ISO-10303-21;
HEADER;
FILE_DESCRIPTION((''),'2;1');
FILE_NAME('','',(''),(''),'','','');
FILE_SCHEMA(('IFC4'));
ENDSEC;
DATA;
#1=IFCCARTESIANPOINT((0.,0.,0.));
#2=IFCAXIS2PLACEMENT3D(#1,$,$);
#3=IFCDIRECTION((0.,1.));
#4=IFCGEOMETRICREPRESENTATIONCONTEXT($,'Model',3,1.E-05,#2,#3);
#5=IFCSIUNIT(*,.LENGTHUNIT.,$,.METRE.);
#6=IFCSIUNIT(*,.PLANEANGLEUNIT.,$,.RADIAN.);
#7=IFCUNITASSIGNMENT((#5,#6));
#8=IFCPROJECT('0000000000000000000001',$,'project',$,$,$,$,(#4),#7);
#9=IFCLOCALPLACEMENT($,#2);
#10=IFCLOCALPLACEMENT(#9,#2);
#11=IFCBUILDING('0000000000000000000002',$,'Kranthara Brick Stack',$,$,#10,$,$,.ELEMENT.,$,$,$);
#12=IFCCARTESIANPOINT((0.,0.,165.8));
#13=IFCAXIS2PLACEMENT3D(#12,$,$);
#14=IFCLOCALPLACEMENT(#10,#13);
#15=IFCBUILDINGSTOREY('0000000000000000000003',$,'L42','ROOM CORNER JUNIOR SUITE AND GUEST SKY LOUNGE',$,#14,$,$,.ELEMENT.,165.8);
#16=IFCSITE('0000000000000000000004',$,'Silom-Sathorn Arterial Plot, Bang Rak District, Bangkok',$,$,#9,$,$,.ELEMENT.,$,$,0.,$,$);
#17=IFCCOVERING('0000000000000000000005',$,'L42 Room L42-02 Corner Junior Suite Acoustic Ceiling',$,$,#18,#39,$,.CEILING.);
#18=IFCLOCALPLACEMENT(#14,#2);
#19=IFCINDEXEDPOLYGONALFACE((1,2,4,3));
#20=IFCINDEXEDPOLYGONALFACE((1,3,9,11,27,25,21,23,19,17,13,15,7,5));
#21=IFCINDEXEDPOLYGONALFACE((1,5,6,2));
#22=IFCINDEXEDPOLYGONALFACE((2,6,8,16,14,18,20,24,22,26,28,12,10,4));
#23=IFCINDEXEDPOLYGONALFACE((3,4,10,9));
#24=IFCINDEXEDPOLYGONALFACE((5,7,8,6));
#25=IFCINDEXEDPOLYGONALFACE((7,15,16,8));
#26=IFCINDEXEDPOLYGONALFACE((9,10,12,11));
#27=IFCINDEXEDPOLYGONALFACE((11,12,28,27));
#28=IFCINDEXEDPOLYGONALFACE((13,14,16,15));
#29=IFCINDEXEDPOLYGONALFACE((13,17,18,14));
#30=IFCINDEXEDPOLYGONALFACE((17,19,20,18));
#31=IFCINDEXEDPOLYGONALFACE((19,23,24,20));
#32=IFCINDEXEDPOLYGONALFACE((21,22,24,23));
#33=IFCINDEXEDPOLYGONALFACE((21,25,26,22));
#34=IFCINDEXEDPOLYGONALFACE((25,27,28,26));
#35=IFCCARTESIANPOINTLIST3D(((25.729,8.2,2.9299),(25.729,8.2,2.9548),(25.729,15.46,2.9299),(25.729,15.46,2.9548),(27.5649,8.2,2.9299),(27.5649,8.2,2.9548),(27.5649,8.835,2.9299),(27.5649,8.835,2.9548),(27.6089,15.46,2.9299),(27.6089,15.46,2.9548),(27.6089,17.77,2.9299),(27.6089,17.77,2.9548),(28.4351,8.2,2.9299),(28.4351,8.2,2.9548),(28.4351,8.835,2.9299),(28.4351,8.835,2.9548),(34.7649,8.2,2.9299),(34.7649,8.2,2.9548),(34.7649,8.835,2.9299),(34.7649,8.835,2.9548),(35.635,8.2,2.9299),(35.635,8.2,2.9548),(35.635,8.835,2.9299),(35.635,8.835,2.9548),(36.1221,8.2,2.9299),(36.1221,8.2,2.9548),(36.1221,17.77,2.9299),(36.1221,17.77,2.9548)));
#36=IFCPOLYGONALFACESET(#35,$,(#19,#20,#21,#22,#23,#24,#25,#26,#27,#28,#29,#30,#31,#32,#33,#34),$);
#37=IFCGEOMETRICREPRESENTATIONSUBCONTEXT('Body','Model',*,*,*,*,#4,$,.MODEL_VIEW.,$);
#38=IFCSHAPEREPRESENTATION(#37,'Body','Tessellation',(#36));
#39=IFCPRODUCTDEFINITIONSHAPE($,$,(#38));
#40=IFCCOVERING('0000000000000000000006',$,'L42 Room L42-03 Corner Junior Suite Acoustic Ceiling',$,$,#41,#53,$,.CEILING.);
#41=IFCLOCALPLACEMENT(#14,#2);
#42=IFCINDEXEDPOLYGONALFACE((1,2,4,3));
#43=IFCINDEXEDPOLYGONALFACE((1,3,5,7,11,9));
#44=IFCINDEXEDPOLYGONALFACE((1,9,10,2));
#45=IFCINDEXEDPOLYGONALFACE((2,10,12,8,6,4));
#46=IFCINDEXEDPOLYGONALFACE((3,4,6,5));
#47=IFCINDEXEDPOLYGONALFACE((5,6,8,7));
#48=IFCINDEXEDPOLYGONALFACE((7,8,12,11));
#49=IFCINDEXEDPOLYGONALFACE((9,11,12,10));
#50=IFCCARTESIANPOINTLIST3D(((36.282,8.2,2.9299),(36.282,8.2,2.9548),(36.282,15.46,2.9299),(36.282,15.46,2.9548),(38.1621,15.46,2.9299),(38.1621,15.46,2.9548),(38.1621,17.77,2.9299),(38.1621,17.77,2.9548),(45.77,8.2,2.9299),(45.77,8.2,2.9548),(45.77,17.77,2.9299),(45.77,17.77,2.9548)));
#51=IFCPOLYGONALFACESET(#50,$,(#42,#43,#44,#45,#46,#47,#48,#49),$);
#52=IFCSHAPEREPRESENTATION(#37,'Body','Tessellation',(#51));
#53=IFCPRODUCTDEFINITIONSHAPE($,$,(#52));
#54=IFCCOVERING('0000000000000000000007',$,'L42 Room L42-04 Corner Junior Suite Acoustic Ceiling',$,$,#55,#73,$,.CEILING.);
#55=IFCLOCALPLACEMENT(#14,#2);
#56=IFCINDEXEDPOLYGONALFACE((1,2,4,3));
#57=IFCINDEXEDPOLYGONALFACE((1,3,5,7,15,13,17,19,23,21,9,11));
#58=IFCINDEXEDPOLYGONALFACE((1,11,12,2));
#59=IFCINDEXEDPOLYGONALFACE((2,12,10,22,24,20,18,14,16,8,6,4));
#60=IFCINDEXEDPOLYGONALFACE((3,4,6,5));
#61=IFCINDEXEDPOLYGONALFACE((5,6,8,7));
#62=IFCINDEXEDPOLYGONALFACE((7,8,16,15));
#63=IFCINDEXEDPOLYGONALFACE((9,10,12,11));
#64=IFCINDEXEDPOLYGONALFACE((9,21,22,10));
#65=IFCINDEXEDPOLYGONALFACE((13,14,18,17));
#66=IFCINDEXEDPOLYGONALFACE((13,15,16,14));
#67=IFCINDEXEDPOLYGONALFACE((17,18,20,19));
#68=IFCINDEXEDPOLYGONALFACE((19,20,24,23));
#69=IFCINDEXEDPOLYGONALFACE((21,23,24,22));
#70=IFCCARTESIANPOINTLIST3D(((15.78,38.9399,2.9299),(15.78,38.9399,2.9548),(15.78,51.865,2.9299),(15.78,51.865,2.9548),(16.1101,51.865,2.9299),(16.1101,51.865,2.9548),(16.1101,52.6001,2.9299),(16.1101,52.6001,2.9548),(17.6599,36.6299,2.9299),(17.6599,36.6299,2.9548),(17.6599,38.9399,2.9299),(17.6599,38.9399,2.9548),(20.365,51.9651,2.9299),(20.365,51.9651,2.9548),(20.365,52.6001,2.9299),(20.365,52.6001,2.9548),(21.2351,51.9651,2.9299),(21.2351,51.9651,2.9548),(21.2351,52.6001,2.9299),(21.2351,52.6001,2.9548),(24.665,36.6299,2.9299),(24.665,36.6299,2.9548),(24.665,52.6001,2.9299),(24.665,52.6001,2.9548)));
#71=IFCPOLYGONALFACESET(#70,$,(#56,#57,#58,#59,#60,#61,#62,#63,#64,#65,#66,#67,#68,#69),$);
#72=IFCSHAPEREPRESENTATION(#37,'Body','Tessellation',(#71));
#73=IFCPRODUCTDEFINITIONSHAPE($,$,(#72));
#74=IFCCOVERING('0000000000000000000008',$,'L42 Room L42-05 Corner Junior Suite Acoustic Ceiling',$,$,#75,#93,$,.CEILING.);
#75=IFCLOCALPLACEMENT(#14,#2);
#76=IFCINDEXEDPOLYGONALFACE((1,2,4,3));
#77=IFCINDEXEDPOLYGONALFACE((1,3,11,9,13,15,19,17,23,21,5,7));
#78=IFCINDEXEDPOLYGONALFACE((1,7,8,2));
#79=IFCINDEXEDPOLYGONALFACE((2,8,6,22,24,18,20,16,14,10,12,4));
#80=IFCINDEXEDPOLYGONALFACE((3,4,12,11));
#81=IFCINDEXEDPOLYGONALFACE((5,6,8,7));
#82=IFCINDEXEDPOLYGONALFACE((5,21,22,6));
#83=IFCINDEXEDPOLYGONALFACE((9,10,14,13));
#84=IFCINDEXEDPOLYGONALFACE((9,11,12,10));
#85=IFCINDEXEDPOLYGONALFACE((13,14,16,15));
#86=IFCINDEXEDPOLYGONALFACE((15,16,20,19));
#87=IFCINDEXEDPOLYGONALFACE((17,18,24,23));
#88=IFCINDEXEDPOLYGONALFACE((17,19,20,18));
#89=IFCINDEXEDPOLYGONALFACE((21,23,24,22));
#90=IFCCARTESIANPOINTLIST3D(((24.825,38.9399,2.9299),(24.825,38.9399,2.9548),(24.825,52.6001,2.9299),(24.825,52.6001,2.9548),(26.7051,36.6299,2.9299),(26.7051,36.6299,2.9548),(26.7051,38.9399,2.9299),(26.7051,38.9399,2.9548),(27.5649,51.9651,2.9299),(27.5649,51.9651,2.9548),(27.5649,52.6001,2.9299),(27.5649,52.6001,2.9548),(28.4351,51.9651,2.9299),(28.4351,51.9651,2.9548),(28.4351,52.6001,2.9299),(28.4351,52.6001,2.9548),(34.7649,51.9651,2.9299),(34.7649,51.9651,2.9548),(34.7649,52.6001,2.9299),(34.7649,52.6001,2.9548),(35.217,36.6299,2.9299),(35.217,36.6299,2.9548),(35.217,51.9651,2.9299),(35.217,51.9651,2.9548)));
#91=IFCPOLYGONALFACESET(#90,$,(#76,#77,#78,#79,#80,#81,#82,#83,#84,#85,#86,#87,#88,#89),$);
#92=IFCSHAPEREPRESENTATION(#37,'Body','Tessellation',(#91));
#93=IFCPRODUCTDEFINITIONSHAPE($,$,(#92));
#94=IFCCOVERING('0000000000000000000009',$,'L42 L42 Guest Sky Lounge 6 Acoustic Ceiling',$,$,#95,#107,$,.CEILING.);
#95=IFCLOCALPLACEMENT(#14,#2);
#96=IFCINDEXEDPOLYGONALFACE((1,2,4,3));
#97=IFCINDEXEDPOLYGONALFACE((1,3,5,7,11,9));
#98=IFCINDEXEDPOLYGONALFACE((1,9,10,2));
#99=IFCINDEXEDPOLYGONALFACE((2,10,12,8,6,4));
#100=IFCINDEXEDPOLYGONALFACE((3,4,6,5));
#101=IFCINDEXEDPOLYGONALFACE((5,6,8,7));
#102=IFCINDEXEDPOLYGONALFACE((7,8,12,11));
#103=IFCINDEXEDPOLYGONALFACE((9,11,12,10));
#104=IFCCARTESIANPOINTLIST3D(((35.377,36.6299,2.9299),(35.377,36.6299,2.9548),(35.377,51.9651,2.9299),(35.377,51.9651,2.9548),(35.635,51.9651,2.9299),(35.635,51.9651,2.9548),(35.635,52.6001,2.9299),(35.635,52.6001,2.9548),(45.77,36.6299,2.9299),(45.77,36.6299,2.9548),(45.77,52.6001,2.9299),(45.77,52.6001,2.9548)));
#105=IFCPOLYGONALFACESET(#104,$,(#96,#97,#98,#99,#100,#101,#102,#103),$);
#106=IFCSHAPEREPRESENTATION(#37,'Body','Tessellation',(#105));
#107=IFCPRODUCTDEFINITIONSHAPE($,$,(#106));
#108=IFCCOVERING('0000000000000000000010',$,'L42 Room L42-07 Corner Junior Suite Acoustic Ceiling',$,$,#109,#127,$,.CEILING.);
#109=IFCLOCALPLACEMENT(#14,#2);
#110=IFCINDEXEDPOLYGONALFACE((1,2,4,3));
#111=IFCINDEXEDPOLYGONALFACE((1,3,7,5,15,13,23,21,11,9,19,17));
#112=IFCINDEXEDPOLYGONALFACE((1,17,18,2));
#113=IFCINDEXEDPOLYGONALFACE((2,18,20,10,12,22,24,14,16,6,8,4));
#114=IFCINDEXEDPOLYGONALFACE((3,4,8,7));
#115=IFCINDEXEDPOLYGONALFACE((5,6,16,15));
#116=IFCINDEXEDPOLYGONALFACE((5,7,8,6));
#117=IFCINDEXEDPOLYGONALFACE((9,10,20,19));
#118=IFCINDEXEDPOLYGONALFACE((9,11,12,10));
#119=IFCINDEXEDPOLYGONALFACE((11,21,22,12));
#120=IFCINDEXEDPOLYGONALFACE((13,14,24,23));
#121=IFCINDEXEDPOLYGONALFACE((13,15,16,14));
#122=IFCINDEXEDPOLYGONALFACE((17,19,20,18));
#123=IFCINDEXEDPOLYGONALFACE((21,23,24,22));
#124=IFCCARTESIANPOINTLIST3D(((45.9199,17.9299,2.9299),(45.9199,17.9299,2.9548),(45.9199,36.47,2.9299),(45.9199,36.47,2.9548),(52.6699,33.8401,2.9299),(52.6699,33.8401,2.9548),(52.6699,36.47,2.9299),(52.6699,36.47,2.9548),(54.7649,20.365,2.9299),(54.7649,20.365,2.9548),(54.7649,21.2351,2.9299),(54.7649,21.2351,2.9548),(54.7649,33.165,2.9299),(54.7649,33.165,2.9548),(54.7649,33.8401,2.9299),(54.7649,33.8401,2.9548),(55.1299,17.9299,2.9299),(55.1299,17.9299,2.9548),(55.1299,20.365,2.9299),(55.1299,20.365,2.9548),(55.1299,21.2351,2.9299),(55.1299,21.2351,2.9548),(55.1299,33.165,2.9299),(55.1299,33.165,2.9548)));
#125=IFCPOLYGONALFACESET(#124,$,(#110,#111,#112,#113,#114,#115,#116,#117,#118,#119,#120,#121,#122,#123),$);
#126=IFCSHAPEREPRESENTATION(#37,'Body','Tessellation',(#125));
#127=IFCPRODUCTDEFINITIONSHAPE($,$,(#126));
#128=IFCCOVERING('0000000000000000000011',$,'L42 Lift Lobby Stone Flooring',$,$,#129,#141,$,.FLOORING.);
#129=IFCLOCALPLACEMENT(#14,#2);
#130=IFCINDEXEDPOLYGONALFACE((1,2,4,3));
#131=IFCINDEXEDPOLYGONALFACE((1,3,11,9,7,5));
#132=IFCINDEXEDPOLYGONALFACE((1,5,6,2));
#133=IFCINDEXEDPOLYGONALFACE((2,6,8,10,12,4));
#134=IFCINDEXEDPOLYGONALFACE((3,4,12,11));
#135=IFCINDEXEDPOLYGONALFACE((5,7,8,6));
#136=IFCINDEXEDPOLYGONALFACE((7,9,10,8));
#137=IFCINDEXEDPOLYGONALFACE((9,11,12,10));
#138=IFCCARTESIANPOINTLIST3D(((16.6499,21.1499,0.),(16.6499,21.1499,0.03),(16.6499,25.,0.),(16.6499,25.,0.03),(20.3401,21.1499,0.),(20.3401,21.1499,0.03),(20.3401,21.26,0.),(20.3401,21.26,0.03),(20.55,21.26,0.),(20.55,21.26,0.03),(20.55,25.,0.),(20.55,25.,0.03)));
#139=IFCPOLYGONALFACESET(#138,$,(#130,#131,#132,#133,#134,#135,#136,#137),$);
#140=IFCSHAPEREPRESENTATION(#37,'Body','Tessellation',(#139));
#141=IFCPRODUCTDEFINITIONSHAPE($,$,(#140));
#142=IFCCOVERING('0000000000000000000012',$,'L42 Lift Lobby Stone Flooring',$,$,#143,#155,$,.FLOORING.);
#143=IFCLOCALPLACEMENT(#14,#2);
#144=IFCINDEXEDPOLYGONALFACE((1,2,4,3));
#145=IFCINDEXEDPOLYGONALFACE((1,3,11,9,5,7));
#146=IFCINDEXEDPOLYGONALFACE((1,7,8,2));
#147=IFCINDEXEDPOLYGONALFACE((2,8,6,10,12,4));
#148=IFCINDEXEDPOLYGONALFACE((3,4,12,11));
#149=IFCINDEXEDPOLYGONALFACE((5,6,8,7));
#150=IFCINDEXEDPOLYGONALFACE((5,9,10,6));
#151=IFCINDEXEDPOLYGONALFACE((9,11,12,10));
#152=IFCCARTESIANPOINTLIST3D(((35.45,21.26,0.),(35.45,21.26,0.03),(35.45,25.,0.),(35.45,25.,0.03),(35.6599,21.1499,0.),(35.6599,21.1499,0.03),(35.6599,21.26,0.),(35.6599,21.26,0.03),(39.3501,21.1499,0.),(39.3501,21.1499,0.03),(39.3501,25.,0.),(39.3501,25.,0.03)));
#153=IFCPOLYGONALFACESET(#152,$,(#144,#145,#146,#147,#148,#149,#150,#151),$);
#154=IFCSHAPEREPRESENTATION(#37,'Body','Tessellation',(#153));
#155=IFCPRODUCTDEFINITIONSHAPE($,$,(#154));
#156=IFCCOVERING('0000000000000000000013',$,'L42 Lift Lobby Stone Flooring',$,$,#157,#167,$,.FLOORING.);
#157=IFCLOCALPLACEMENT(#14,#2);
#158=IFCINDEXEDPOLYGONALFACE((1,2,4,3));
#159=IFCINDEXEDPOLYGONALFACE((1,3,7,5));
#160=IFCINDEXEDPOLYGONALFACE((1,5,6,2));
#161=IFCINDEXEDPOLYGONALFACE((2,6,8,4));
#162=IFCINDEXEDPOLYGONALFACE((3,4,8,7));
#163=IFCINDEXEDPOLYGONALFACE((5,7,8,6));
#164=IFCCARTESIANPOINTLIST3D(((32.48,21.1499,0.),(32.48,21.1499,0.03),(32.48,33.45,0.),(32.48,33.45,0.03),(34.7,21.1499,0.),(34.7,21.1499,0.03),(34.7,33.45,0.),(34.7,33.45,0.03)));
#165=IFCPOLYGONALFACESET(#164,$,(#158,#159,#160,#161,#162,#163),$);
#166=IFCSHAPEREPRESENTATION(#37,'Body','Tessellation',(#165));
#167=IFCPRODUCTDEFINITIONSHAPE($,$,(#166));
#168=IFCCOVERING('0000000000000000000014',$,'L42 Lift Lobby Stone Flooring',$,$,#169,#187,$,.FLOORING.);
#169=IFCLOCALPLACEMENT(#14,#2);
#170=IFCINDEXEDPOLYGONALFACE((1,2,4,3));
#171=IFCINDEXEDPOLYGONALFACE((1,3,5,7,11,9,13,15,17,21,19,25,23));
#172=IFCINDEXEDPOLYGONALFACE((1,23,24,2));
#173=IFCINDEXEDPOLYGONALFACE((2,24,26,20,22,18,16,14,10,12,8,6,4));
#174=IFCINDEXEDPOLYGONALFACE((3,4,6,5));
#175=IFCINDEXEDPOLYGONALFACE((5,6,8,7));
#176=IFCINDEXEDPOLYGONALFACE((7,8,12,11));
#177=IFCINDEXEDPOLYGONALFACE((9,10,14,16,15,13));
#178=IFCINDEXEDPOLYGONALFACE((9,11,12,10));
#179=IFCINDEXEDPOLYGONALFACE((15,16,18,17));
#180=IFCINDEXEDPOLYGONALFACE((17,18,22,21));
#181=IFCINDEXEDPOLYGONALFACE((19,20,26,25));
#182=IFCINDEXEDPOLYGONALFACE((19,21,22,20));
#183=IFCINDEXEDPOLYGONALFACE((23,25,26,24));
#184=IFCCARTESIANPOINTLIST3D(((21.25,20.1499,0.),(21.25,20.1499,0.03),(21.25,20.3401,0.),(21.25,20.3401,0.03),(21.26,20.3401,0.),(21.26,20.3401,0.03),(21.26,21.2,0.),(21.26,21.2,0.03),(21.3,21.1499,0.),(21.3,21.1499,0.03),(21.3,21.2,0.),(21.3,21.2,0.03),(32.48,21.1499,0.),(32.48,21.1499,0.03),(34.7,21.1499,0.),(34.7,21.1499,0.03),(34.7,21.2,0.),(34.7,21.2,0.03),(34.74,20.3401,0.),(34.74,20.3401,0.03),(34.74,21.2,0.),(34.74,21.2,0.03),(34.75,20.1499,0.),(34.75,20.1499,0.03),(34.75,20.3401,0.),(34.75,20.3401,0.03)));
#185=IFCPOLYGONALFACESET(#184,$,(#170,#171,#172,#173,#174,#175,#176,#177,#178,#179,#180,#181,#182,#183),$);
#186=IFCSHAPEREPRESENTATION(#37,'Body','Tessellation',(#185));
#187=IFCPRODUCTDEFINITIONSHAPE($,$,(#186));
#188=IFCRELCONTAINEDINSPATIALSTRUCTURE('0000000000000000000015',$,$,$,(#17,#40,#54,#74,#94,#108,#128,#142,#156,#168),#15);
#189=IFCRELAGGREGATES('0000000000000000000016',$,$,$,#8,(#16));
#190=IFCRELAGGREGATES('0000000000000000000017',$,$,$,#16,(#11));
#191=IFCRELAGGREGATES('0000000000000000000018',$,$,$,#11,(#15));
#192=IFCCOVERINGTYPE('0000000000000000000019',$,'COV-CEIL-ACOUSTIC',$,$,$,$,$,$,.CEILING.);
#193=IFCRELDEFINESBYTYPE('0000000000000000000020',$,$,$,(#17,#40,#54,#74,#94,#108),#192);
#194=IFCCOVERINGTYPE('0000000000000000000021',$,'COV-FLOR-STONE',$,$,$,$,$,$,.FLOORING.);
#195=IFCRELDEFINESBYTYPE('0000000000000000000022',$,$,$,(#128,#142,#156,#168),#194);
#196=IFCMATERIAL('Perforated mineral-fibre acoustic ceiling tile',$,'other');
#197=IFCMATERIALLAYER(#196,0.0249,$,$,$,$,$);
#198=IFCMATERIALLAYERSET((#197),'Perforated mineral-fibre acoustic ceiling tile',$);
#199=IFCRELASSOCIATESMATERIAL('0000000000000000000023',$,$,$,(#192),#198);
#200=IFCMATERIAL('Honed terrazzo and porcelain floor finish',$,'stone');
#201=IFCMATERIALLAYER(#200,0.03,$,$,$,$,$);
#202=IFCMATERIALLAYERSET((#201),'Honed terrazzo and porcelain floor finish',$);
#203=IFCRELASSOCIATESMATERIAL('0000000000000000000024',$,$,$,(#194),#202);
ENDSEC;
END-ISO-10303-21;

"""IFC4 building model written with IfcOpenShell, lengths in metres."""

from ifc_helpers import new_model, si_unit, direction, frame, origin, place, context, subcontext, project, spatial, polyline, outline, extrude, material, layer, layer_set, type_object, element, save


model = new_model("IFC4")

# Units and contexts
model_context = context("Model", 3, precision=1e-05, world=origin(), true_north=direction((0.0, 1.0)))
body_context = subcontext(model_context, "Body", "Model", "MODEL_VIEW")
ifc_project = project(units=[si_unit("LENGTHUNIT", "METRE"), si_unit("PLANEANGLEUNIT", "RADIAN")], contexts=[model_context])

# Site, building, storey
site_placement = place(None, origin())
site = spatial("IfcSite", under=ifc_project, at=site_placement, Name="Silom-Sathorn Arterial Plot, Bang Rak District, Bangkok", CompositionType="ELEMENT", RefElevation=0.0)
building_placement = place(site_placement, origin())
building = spatial("IfcBuilding", under=site, at=building_placement, Name="Kranthara Brick Stack", CompositionType="ELEMENT")
storey_placement = place(building_placement, frame((0.0, 0.0, 165.8)))
storey = spatial("IfcBuildingStorey", under=building, at=storey_placement, Name="L42", Description="ROOM CORNER JUNIOR SUITE AND GUEST SKY LOUNGE", CompositionType="ELEMENT", Elevation=165.8)

# Coverings
ifc_material_1 = material(Name="Perforated mineral-fibre acoustic ceiling tile", Category="other")
ifc_layer_1 = layer(ifc_material_1, 0.0249)
ifc_layer_set_1 = layer_set([ifc_layer_1], Name="Perforated mineral-fibre acoustic ceiling tile")
covering_type_1 = type_object("IfcCoveringType", Name="COV-CEIL-ACOUSTIC", PredefinedType="CEILING", material=ifc_layer_set_1)
covering_1_placement = place(storey_placement, frame((0.0, 0.0, 2.9299)))
element("IfcCovering", 1, at=covering_1_placement, inside=storey, type_object=covering_type_1, Name="L42 Room L42-02 Corner Junior Suite Acoustic Ceiling", PredefinedType="CEILING", context=body_context, shape_type="SweptSolid", body=[
    extrude(outline(polyline([(25.729, 15.46), (27.6089, 15.46), (27.6089, 17.77), (36.1221, 17.77), (36.1221, 8.2), (35.635, 8.2), (35.635, 8.835), (34.7649, 8.835), (34.7649, 8.2), (28.4351, 8.2), (28.4351, 8.835), (27.5649, 8.835), (27.5649, 8.2), (25.729, 8.2), (25.729, 15.46)])), origin(), (0.0, 0.0, 1.0), 0.0249),
])
covering_2_placement = place(storey_placement, frame((0.0, 0.0, 2.9299)))
element("IfcCovering", 2, at=covering_2_placement, inside=storey, type_object=covering_type_1, Name="L42 Room L42-03 Corner Junior Suite Acoustic Ceiling", PredefinedType="CEILING", context=body_context, shape_type="SweptSolid", body=[
    extrude(outline(polyline([(36.282, 8.2), (45.77, 8.2), (45.77, 17.77), (38.1621, 17.77), (38.1621, 15.46), (36.282, 15.46), (36.282, 8.2)])), origin(), (0.0, 0.0, 1.0), 0.0249),
])
covering_3_placement = place(storey_placement, frame((0.0, 0.0, 2.9299)))
element("IfcCovering", 3, at=covering_3_placement, inside=storey, type_object=covering_type_1, Name="L42 Room L42-04 Corner Junior Suite Acoustic Ceiling", PredefinedType="CEILING", context=body_context, shape_type="SweptSolid", body=[
    extrude(outline(polyline([(24.665, 36.6299), (17.6599, 36.6299), (17.6599, 38.9399), (15.78, 38.9399), (15.78, 51.865), (16.1101, 51.865), (16.1101, 52.6001), (20.365, 52.6001), (20.365, 51.9651), (21.2351, 51.9651), (21.2351, 52.6001), (24.665, 52.6001), (24.665, 36.6299)])), origin(), (0.0, 0.0, 1.0), 0.0249),
])
covering_4_placement = place(storey_placement, frame((0.0, 0.0, 2.9299)))
element("IfcCovering", 4, at=covering_4_placement, inside=storey, type_object=covering_type_1, Name="L42 Room L42-05 Corner Junior Suite Acoustic Ceiling", PredefinedType="CEILING", context=body_context, shape_type="SweptSolid", body=[
    extrude(outline(polyline([(35.217, 36.6299), (26.7051, 36.6299), (26.7051, 38.9399), (24.825, 38.9399), (24.825, 52.6001), (27.5649, 52.6001), (27.5649, 51.9651), (28.4351, 51.9651), (28.4351, 52.6001), (34.7649, 52.6001), (34.7649, 51.9651), (35.217, 51.9651), (35.217, 36.6299)])), origin(), (0.0, 0.0, 1.0), 0.0249),
])
covering_5_placement = place(storey_placement, frame((0.0, 0.0, 2.9299)))
element("IfcCovering", 5, at=covering_5_placement, inside=storey, type_object=covering_type_1, Name="L42 L42 Guest Sky Lounge 6 Acoustic Ceiling", PredefinedType="CEILING", context=body_context, shape_type="SweptSolid", body=[
    extrude(outline(polyline([(45.77, 52.6001), (45.77, 36.6299), (35.377, 36.6299), (35.377, 51.9651), (35.635, 51.9651), (35.635, 52.6001), (45.77, 52.6001)])), origin(), (0.0, 0.0, 1.0), 0.0249),
])
covering_6_placement = place(storey_placement, frame((0.0, 0.0, 2.9299)))
element("IfcCovering", 6, at=covering_6_placement, inside=storey, type_object=covering_type_1, Name="L42 Room L42-07 Corner Junior Suite Acoustic Ceiling", PredefinedType="CEILING", context=body_context, shape_type="SweptSolid", body=[
    extrude(outline(polyline([(45.9199, 17.9299), (45.9199, 36.47), (52.6699, 36.47), (52.6699, 33.8401), (54.7649, 33.8401), (54.7649, 33.165), (55.1299, 33.165), (55.1299, 21.2351), (54.7649, 21.2351), (54.7649, 20.365), (55.1299, 20.365), (55.1299, 17.9299), (45.9199, 17.9299)])), origin(), (0.0, 0.0, 1.0), 0.0249),
])
ifc_material_2 = material(Name="Honed terrazzo and porcelain floor finish", Category="stone")
ifc_layer_2 = layer(ifc_material_2, 0.03)
ifc_layer_set_2 = layer_set([ifc_layer_2], Name="Honed terrazzo and porcelain floor finish")
covering_type_2 = type_object("IfcCoveringType", Name="COV-FLOR-STONE", PredefinedType="FLOORING", material=ifc_layer_set_2)
covering_7_placement = place(storey_placement, origin())
element("IfcCovering", 7, at=covering_7_placement, inside=storey, type_object=covering_type_2, Name="L42 Lift Lobby Stone Flooring", PredefinedType="FLOORING", context=body_context, shape_type="SweptSolid", body=[
    extrude(outline(polyline([(16.6499, 21.1499), (16.6499, 25.0), (20.55, 25.0), (20.55, 21.26), (20.3401, 21.26), (20.3401, 21.1499), (16.6499, 21.1499)])), origin(), (0.0, 0.0, 1.0), 0.03),
])
covering_8_placement = place(storey_placement, origin())
element("IfcCovering", 8, at=covering_8_placement, inside=storey, type_object=covering_type_2, Name="L42 Lift Lobby Stone Flooring", PredefinedType="FLOORING", context=body_context, shape_type="SweptSolid", body=[
    extrude(outline(polyline([(35.45, 25.0), (39.3501, 25.0), (39.3501, 21.1499), (35.6599, 21.1499), (35.6599, 21.26), (35.45, 21.26), (35.45, 25.0)])), origin(), (0.0, 0.0, 1.0), 0.03),
])
covering_9_placement = place(storey_placement, origin())
element("IfcCovering", 9, at=covering_9_placement, inside=storey, type_object=covering_type_2, Name="L42 Lift Lobby Stone Flooring", PredefinedType="FLOORING", context=body_context, shape_type="SweptSolid", body=[
    extrude(outline(polyline([(34.7, 21.1499), (34.7, 33.45), (32.48, 33.45), (32.48, 21.1499), (34.7, 21.1499)])), origin(), (0.0, 0.0, 1.0), 0.03),
])
covering_10_placement = place(storey_placement, origin())
element("IfcCovering", 10, at=covering_10_placement, inside=storey, type_object=covering_type_2, Name="L42 Lift Lobby Stone Flooring", PredefinedType="FLOORING", context=body_context, shape_type="SweptSolid", body=[
    extrude(outline(polyline([(21.25, 20.3401), (21.26, 20.3401), (21.26, 21.2), (21.3, 21.2), (21.3, 21.1499), (32.48, 21.1499), (34.7, 21.1499), (34.7, 21.2), (34.74, 21.2), (34.74, 20.3401), (34.75, 20.3401), (34.75, 20.1499), (21.25, 20.1499), (21.25, 20.3401)])), origin(), (0.0, 0.0, 1.0), 0.03),
])

save(model, "model.ifc")
